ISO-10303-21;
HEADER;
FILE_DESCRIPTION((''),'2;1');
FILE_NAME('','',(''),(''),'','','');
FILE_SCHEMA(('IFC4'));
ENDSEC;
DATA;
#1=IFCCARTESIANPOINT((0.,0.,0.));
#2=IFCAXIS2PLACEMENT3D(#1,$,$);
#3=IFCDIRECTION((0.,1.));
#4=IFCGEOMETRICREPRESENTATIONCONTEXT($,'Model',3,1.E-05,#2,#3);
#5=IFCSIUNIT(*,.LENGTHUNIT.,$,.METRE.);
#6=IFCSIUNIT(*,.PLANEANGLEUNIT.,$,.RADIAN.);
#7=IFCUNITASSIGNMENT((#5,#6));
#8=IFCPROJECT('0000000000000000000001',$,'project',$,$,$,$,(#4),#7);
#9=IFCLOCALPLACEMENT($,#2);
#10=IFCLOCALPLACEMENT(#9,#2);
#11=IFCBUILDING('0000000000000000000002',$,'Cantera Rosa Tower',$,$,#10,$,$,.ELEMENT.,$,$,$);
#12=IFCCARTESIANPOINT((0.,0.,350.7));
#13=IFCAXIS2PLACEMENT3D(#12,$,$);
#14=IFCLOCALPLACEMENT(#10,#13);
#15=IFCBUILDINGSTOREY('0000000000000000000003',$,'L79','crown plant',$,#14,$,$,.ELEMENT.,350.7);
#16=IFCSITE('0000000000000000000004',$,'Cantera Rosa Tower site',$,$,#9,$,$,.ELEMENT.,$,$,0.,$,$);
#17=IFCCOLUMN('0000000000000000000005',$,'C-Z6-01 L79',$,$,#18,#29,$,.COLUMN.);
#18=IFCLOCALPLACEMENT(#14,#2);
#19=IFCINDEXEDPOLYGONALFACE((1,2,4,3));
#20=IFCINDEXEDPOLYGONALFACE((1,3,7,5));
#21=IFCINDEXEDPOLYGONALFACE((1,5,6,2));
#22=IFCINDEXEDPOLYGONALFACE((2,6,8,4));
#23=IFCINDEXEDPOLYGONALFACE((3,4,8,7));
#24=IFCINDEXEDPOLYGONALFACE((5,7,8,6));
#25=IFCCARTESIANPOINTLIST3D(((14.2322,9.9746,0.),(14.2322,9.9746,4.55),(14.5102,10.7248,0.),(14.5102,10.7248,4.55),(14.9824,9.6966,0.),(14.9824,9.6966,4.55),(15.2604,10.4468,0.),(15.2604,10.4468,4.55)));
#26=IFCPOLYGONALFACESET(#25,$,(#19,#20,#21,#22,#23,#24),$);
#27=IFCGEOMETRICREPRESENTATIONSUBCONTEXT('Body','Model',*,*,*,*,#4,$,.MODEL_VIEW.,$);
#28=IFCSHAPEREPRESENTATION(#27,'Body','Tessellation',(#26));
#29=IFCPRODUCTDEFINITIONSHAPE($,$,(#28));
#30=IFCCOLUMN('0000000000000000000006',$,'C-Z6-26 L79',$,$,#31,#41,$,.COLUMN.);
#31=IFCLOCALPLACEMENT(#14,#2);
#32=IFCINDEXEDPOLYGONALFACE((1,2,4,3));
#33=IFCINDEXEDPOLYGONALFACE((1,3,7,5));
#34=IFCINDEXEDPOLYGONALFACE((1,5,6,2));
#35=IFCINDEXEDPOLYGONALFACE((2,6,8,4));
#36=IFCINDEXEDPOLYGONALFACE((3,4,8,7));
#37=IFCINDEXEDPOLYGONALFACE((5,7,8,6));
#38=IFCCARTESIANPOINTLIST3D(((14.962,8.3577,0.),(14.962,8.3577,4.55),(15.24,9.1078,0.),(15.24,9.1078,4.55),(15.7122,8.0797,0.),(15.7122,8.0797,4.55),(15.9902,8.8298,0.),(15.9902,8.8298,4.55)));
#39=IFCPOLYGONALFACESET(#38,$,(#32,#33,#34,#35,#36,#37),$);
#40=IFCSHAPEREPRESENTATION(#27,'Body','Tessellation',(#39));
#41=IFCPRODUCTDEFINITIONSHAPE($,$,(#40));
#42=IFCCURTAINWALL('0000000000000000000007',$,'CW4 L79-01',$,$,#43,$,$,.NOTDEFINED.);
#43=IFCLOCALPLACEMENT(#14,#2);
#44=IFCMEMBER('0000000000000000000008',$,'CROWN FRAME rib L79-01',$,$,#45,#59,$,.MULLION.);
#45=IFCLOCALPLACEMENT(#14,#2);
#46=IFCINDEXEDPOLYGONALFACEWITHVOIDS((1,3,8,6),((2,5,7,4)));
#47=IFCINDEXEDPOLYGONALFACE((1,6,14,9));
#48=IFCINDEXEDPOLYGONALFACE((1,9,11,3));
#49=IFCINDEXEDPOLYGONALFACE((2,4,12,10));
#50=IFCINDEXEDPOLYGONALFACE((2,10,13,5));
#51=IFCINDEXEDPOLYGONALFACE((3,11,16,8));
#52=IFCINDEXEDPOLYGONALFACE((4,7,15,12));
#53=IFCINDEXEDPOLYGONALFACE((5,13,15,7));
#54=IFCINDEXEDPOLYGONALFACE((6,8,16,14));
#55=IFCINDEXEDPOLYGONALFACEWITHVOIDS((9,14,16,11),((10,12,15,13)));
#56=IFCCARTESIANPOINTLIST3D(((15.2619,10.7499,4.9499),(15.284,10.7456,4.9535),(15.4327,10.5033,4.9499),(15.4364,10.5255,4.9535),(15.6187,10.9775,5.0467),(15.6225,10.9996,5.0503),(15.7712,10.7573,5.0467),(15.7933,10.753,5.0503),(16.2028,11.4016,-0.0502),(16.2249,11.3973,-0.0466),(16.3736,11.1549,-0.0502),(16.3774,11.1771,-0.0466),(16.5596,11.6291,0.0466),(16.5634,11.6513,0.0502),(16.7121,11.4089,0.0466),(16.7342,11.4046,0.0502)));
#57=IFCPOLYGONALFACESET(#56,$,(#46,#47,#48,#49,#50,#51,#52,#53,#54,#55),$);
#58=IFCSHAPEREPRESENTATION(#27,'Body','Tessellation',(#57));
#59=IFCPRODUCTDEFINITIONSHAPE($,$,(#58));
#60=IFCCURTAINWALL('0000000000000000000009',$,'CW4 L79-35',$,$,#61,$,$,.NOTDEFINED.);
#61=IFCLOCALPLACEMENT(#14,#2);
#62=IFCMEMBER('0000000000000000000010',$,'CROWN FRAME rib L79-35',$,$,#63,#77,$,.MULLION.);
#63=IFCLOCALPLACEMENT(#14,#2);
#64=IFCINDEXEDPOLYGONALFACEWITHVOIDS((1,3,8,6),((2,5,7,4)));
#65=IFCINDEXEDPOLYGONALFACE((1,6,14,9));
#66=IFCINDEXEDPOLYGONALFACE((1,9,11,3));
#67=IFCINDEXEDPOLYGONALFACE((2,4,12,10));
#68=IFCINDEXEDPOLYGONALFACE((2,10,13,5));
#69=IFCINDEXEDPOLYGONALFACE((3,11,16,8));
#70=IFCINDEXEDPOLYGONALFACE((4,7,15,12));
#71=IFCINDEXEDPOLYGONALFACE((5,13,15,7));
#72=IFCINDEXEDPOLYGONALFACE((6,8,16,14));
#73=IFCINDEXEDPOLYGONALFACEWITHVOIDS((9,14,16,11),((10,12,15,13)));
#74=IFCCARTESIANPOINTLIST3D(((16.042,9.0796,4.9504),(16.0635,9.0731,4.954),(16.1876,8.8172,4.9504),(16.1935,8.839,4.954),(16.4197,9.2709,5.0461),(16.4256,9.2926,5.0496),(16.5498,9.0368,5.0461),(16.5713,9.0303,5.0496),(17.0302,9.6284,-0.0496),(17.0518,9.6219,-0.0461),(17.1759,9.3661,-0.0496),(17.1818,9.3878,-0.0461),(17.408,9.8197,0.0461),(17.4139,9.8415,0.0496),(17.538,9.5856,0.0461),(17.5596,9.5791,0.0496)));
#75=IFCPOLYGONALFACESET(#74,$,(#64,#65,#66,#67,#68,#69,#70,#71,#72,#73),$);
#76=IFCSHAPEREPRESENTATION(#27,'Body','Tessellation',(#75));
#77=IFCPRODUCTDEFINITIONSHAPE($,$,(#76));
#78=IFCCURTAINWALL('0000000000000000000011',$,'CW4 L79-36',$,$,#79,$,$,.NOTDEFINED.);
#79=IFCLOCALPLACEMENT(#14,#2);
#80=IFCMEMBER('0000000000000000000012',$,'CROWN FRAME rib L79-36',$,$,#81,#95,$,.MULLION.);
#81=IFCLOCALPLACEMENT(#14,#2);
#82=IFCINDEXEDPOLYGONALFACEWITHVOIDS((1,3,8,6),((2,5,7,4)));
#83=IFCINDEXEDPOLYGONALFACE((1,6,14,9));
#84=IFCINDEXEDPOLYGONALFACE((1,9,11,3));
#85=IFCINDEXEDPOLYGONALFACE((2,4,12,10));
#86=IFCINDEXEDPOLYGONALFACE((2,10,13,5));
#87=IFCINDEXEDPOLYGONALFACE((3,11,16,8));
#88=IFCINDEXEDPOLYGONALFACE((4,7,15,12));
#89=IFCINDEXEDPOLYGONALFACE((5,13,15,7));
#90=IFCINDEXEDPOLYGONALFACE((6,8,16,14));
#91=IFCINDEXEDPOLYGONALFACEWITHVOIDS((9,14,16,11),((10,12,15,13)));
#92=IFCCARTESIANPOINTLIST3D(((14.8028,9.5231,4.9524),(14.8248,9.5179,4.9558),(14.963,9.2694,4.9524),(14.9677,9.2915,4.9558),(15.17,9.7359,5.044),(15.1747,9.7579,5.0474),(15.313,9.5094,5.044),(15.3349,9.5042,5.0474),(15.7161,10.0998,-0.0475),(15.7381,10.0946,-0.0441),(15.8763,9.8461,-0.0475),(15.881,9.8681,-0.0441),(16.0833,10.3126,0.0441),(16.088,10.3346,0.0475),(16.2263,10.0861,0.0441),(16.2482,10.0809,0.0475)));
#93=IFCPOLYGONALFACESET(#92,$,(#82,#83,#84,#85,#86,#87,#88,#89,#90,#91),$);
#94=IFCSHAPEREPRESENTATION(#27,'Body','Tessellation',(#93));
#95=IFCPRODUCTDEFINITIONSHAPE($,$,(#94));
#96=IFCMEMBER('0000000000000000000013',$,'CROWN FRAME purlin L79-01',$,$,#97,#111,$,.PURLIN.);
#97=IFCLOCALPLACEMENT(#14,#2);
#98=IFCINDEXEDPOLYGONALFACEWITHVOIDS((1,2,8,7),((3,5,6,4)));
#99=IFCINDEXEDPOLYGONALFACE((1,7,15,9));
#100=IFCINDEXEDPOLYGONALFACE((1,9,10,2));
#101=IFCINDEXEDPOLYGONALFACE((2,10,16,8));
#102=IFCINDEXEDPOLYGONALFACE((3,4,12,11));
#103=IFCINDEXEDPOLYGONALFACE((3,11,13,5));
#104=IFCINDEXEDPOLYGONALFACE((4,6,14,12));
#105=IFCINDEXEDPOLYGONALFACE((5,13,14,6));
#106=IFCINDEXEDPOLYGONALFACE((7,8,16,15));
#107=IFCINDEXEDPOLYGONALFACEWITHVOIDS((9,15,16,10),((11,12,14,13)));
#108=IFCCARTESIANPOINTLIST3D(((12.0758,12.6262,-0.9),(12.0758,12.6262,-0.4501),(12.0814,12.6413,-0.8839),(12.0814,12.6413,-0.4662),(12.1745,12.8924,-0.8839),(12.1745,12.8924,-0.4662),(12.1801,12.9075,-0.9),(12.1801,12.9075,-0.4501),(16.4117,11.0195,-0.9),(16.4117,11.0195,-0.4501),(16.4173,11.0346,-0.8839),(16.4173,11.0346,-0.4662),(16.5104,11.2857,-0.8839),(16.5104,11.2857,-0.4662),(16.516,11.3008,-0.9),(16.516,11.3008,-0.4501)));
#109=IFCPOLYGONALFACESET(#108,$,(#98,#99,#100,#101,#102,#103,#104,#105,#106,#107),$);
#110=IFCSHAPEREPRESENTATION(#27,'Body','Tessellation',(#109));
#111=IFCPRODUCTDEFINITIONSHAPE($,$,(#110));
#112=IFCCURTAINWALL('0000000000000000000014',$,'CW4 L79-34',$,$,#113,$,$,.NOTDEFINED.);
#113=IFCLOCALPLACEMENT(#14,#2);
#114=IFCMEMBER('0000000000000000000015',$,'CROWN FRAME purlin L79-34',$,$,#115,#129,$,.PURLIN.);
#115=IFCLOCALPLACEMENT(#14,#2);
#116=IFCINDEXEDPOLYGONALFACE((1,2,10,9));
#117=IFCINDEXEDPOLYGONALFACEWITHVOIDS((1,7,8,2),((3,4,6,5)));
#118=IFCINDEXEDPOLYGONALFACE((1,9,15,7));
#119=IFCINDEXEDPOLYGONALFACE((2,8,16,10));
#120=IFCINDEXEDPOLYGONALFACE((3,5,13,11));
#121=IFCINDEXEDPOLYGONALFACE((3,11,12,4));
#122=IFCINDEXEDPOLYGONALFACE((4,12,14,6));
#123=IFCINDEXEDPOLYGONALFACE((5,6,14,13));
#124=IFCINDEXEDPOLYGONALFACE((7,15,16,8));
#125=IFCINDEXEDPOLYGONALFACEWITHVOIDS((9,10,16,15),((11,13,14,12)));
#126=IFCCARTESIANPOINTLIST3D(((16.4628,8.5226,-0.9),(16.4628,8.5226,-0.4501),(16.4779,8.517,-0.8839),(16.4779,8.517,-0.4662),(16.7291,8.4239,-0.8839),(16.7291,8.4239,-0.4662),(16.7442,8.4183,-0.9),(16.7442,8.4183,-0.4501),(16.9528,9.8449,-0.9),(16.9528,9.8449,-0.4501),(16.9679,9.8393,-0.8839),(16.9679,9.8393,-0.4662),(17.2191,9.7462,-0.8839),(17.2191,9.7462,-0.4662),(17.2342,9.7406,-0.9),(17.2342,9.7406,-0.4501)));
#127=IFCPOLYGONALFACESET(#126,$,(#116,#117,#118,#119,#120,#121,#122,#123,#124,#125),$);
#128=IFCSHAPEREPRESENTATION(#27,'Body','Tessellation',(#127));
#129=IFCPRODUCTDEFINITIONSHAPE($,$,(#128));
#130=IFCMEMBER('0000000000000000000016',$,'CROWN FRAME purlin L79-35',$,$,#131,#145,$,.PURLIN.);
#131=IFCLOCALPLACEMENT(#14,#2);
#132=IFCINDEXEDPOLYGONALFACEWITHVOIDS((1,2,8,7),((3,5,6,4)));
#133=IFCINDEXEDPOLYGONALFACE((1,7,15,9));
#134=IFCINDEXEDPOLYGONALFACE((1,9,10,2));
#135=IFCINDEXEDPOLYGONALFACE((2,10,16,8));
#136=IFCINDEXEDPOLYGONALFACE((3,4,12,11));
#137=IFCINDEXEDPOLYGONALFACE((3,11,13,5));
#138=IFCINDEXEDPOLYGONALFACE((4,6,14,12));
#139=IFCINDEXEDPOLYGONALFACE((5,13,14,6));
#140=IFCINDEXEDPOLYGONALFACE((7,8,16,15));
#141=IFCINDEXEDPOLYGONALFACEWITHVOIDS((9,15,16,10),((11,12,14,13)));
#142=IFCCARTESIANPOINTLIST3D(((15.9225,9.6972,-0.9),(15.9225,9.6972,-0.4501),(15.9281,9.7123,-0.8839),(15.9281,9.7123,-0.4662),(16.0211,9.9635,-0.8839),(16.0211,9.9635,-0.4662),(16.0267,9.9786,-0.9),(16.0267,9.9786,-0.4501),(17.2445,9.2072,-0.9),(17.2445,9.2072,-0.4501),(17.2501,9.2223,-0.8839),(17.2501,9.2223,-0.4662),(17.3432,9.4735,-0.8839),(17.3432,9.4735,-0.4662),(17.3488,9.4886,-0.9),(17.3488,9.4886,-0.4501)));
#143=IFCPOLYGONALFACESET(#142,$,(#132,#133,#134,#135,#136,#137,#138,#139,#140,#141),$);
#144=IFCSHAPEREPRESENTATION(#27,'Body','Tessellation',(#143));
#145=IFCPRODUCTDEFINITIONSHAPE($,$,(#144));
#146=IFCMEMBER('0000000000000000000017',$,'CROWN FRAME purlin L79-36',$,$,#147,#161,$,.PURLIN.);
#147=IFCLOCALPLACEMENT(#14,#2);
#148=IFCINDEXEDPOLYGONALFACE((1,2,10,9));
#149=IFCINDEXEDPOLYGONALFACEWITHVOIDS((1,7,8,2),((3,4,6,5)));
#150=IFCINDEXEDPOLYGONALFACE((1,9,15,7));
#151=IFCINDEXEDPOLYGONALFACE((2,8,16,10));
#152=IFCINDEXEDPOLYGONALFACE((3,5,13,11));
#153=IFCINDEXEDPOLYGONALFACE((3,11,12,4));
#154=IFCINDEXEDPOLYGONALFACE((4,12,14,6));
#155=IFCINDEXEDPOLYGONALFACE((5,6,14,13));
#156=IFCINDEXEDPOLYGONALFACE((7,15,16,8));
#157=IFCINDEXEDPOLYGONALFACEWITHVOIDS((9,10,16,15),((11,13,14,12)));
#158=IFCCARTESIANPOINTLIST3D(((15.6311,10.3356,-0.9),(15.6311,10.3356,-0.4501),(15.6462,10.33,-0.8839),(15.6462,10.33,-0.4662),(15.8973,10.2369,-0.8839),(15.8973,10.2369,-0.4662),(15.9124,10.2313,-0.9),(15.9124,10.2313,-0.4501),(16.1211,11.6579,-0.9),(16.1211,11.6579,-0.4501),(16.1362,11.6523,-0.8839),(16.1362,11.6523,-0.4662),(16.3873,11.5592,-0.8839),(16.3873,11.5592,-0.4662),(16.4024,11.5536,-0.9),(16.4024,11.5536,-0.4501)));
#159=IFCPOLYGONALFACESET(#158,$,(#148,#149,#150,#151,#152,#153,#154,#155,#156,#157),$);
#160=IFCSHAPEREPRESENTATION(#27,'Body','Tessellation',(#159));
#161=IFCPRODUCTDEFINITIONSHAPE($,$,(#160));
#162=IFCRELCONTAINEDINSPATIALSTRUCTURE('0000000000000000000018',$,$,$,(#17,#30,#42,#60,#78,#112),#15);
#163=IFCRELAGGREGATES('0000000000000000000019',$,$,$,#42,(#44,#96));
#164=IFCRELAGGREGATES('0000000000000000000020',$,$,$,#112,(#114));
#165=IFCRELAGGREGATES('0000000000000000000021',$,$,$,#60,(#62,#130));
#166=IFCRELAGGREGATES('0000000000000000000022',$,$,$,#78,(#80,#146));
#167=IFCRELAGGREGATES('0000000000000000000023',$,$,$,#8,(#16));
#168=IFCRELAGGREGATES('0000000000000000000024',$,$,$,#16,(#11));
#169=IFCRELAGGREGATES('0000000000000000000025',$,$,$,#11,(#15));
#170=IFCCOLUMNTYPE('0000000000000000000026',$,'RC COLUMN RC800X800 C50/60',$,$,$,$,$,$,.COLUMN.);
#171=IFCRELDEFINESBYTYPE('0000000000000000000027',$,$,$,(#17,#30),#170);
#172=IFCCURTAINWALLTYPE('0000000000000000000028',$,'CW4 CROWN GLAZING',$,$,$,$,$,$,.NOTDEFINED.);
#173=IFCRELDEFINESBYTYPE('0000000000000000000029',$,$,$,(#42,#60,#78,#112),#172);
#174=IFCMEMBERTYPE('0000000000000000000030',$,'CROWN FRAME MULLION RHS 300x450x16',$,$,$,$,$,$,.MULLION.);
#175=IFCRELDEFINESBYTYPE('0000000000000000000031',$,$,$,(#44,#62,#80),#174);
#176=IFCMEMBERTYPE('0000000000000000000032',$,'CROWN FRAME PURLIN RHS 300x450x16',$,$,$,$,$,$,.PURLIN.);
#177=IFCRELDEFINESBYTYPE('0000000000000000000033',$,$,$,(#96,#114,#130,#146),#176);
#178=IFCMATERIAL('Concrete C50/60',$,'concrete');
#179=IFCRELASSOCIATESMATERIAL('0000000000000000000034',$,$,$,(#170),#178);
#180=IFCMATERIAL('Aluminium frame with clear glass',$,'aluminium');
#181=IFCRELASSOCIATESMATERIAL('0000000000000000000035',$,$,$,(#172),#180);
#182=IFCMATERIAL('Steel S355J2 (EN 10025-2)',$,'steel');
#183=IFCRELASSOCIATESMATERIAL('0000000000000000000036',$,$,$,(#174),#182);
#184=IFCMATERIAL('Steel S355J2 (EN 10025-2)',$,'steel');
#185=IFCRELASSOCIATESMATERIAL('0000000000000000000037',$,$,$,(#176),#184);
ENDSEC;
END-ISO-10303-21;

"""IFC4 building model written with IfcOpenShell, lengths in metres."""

from ifc_helpers import new_model, si_unit, direction, frame, origin, origin_2d, place, context, subcontext, project, spatial, rectangle, hollow_rectangle, extrude, material, material_profile, profile_set, type_object, element, aggregate, save


model = new_model("IFC4")

# Units and contexts
model_context = context("Model", 3, precision=1e-05, world=origin(), true_north=direction((0.0, 1.0)))
body_context = subcontext(model_context, "Body", "Model", "MODEL_VIEW")
ifc_project = project(units=[si_unit("LENGTHUNIT", "METRE"), si_unit("PLANEANGLEUNIT", "RADIAN")], contexts=[model_context])

# Site, building, storey
site_placement = place(None, origin())
site = spatial("IfcSite", under=ifc_project, at=site_placement, Name="Cantera Rosa Tower site", CompositionType="ELEMENT", RefElevation=0.0)
building_placement = place(site_placement, origin())
building = spatial("IfcBuilding", under=site, at=building_placement, Name="Cantera Rosa Tower", CompositionType="ELEMENT")
storey_placement = place(building_placement, frame((0.0, 0.0, 350.7)))
storey = spatial("IfcBuildingStorey", under=building, at=storey_placement, Name="L79", Description="crown plant", CompositionType="ELEMENT", Elevation=350.7)

# Columns
ifc_material_1 = material(Name="Concrete C50/60", Category="concrete")
ifc_material_profile_1 = material_profile(ifc_material_1, rectangle(XDim=0.8, YDim=0.8, at=origin_2d()), Name="RC COLUMN RC800X800 C50/60")
ifc_profile_set_1 = profile_set([ifc_material_profile_1], Name="Concrete C50/60")
column_type = type_object("IfcColumnType", Name="RC COLUMN RC800X800 C50/60", PredefinedType="COLUMN", material=ifc_profile_set_1)
for number, where, z_axis, x_axis, name in (
    (1, (14.7463, 10.2107, 0.0), (0.0, 0.0, 1.0), (0.347481, 0.937687, 0.0), "C-Z6-01 L79"),
    (2, (15.4761, 8.5938, 0.0), (0.0, 0.0, 1.0), (0.347481, 0.937687, 0.0), "C-Z6-26 L79"),
):
    element("IfcColumn", number, at=place(storey_placement, frame(where, z_axis=z_axis, x_axis=x_axis)), inside=storey, type_object=column_type, Name=name, PredefinedType="COLUMN", context=body_context, shape_type="SweptSolid", body=[
        extrude(rectangle(XDim=0.8, YDim=0.8, at=origin_2d()), origin(), (0.0, 0.0, 1.0), 4.55),
    ])

# Curtain walls, members
ifc_material_2 = material(Name="Aluminium frame with clear glass", Category="aluminium")
curtain_wall_type = type_object("IfcCurtainWallType", Name="CW4 CROWN GLAZING", PredefinedType="NOTDEFINED", material=ifc_material_2)
curtain_wall_1_placement = place(storey_placement, origin())
curtain_wall_1 = element("IfcCurtainWall", 3, at=curtain_wall_1_placement, inside=storey, type_object=curtain_wall_type, Name="CW4 L79-01", PredefinedType="NOTDEFINED")
ifc_material_3 = material(Name="Steel S355J2 (EN 10025-2)", Category="steel")
ifc_material_profile_2 = material_profile(ifc_material_3, hollow_rectangle(XDim=0.3, YDim=0.45, WallThickness=0.0161, at=origin_2d()), Name="CROWN FRAME MULLION RHS 300x450x16")
ifc_profile_set_2 = profile_set([ifc_material_profile_2], Name="Steel S355J2 (EN 10025-2)")
member_type_1 = type_object("IfcMemberType", Name="CROWN FRAME MULLION RHS 300x450x16", PredefinedType="MULLION", material=ifc_profile_set_2)
member_1_placement = place(storey_placement, frame((16.4685, 11.4031, 0.0), z_axis=(-0.183439, -0.127037, 0.974788), x_axis=(0.569332, -0.822108, 0.0)))
member_1 = element("IfcMember", 4, at=member_1_placement, type_object=member_type_1, Name="CROWN FRAME rib L79-01", PredefinedType="MULLION", context=body_context, shape_type="SweptSolid", body=[
    extrude(hollow_rectangle(XDim=0.3, YDim=0.45, WallThickness=0.0161, at=origin_2d()), origin(), (0.0, 0.0, 1.0), 5.1294),
])
curtain_wall_2_placement = place(storey_placement, origin())
curtain_wall_2 = element("IfcCurtainWall", 5, at=curtain_wall_2_placement, inside=storey, type_object=curtain_wall_type, Name="CW4 L79-35", PredefinedType="NOTDEFINED")
member_2_placement = place(storey_placement, frame((17.2949, 9.6038, 0.0), z_axis=(-0.19279, -0.107063, 0.975382), x_axis=(0.485496, -0.874239, 0.0)))
member_2 = element("IfcMember", 6, at=member_2_placement, type_object=member_type_1, Name="CROWN FRAME rib L79-35", PredefinedType="MULLION", context=body_context, shape_type="SweptSolid", body=[
    extrude(hollow_rectangle(XDim=0.3, YDim=0.45, WallThickness=0.0161, at=origin_2d()), origin(), (0.0, 0.0, 1.0), 5.1262),
])
curtain_wall_3_placement = place(storey_placement, origin())
curtain_wall_3 = element("IfcCurtainWall", 7, at=curtain_wall_3_placement, inside=storey, type_object=curtain_wall_type, Name="CW4 L79-36", PredefinedType="NOTDEFINED")
member_3_placement = place(storey_placement, frame((15.9822, 10.0903, 0.0), z_axis=(-0.178547, -0.112732, 0.977452), x_axis=(0.533874, -0.845564, 0.0)))
member_3 = element("IfcMember", 8, at=member_3_placement, type_object=member_type_1, Name="CROWN FRAME rib L79-36", PredefinedType="MULLION", context=body_context, shape_type="SweptSolid", body=[
    extrude(hollow_rectangle(XDim=0.3, YDim=0.45, WallThickness=0.0161, at=origin_2d()), origin(), (0.0, 0.0, 1.0), 5.1152),
])

# Member
ifc_material_4 = material(Name="Steel S355J2 (EN 10025-2)", Category="steel")
ifc_material_profile_3 = material_profile(ifc_material_4, hollow_rectangle(XDim=0.3, YDim=0.45, WallThickness=0.0161, at=origin_2d()), Name="CROWN FRAME PURLIN RHS 300x450x16")
ifc_profile_set_3 = profile_set([ifc_material_profile_3], Name="Steel S355J2 (EN 10025-2)")
member_type_2 = type_object("IfcMemberType", Name="CROWN FRAME PURLIN RHS 300x450x16", PredefinedType="PURLIN", material=ifc_profile_set_3)
member_4_placement = place(storey_placement, frame((16.4639, 11.1602, -0.675), z_axis=(-0.937693, 0.347464, 0.0), x_axis=(-0.347464, -0.937693, 0.0)))
member_4 = element("IfcMember", 9, at=member_4_placement, type_object=member_type_2, Name="CROWN FRAME purlin L79-01", PredefinedType="PURLIN", context=body_context, shape_type="SweptSolid", body=[
    extrude(hollow_rectangle(XDim=0.3, YDim=0.45, WallThickness=0.0161, at=origin_2d()), origin(), (0.0, 0.0, 1.0), 4.624),
])

# Curtain wall, member
curtain_wall_4_placement = place(storey_placement, origin())
curtain_wall_4 = element("IfcCurtainWall", 10, at=curtain_wall_4_placement, inside=storey, type_object=curtain_wall_type, Name="CW4 L79-34", PredefinedType="NOTDEFINED")
member_5_placement = place(storey_placement, frame((16.6035, 8.4705, -0.675), z_axis=(0.347478, 0.937688, 0.0), x_axis=(-0.937688, 0.347478, 0.0)))
member_5 = element("IfcMember", 11, at=member_5_placement, type_object=member_type_2, Name="CROWN FRAME purlin L79-34", PredefinedType="PURLIN", context=body_context, shape_type="SweptSolid", body=[
    extrude(hollow_rectangle(XDim=0.3, YDim=0.45, WallThickness=0.0161, at=origin_2d()), origin(), (0.0, 0.0, 1.0), 1.4102),
])

# Members
member_6_placement = place(storey_placement, frame((17.2966, 9.3479, -0.675), z_axis=(-0.937667, 0.347534, 0.0), x_axis=(-0.347534, -0.937667, 0.0)))
member_6 = element("IfcMember", 12, at=member_6_placement, type_object=member_type_2, Name="CROWN FRAME purlin L79-35", PredefinedType="PURLIN", context=body_context, shape_type="SweptSolid", body=[
    extrude(hollow_rectangle(XDim=0.3, YDim=0.45, WallThickness=0.0161, at=origin_2d()), origin(), (0.0, 0.0, 1.0), 1.4099),
])
member_7_placement = place(storey_placement, frame((15.7717, 10.2834, -0.675), z_axis=(0.347478, 0.937688, 0.0), x_axis=(-0.937688, 0.347478, 0.0)))
member_7 = element("IfcMember", 13, at=member_7_placement, type_object=member_type_2, Name="CROWN FRAME purlin L79-36", PredefinedType="PURLIN", context=body_context, shape_type="SweptSolid", body=[
    extrude(hollow_rectangle(XDim=0.3, YDim=0.45, WallThickness=0.0161, at=origin_2d()), origin(), (0.0, 0.0, 1.0), 1.4102),
])

aggregate(curtain_wall_1, [member_1, member_4])
aggregate(curtain_wall_4, [member_5])
aggregate(curtain_wall_2, [member_2, member_6])
aggregate(curtain_wall_3, [member_3, member_7])

save(model, "model.ifc")
